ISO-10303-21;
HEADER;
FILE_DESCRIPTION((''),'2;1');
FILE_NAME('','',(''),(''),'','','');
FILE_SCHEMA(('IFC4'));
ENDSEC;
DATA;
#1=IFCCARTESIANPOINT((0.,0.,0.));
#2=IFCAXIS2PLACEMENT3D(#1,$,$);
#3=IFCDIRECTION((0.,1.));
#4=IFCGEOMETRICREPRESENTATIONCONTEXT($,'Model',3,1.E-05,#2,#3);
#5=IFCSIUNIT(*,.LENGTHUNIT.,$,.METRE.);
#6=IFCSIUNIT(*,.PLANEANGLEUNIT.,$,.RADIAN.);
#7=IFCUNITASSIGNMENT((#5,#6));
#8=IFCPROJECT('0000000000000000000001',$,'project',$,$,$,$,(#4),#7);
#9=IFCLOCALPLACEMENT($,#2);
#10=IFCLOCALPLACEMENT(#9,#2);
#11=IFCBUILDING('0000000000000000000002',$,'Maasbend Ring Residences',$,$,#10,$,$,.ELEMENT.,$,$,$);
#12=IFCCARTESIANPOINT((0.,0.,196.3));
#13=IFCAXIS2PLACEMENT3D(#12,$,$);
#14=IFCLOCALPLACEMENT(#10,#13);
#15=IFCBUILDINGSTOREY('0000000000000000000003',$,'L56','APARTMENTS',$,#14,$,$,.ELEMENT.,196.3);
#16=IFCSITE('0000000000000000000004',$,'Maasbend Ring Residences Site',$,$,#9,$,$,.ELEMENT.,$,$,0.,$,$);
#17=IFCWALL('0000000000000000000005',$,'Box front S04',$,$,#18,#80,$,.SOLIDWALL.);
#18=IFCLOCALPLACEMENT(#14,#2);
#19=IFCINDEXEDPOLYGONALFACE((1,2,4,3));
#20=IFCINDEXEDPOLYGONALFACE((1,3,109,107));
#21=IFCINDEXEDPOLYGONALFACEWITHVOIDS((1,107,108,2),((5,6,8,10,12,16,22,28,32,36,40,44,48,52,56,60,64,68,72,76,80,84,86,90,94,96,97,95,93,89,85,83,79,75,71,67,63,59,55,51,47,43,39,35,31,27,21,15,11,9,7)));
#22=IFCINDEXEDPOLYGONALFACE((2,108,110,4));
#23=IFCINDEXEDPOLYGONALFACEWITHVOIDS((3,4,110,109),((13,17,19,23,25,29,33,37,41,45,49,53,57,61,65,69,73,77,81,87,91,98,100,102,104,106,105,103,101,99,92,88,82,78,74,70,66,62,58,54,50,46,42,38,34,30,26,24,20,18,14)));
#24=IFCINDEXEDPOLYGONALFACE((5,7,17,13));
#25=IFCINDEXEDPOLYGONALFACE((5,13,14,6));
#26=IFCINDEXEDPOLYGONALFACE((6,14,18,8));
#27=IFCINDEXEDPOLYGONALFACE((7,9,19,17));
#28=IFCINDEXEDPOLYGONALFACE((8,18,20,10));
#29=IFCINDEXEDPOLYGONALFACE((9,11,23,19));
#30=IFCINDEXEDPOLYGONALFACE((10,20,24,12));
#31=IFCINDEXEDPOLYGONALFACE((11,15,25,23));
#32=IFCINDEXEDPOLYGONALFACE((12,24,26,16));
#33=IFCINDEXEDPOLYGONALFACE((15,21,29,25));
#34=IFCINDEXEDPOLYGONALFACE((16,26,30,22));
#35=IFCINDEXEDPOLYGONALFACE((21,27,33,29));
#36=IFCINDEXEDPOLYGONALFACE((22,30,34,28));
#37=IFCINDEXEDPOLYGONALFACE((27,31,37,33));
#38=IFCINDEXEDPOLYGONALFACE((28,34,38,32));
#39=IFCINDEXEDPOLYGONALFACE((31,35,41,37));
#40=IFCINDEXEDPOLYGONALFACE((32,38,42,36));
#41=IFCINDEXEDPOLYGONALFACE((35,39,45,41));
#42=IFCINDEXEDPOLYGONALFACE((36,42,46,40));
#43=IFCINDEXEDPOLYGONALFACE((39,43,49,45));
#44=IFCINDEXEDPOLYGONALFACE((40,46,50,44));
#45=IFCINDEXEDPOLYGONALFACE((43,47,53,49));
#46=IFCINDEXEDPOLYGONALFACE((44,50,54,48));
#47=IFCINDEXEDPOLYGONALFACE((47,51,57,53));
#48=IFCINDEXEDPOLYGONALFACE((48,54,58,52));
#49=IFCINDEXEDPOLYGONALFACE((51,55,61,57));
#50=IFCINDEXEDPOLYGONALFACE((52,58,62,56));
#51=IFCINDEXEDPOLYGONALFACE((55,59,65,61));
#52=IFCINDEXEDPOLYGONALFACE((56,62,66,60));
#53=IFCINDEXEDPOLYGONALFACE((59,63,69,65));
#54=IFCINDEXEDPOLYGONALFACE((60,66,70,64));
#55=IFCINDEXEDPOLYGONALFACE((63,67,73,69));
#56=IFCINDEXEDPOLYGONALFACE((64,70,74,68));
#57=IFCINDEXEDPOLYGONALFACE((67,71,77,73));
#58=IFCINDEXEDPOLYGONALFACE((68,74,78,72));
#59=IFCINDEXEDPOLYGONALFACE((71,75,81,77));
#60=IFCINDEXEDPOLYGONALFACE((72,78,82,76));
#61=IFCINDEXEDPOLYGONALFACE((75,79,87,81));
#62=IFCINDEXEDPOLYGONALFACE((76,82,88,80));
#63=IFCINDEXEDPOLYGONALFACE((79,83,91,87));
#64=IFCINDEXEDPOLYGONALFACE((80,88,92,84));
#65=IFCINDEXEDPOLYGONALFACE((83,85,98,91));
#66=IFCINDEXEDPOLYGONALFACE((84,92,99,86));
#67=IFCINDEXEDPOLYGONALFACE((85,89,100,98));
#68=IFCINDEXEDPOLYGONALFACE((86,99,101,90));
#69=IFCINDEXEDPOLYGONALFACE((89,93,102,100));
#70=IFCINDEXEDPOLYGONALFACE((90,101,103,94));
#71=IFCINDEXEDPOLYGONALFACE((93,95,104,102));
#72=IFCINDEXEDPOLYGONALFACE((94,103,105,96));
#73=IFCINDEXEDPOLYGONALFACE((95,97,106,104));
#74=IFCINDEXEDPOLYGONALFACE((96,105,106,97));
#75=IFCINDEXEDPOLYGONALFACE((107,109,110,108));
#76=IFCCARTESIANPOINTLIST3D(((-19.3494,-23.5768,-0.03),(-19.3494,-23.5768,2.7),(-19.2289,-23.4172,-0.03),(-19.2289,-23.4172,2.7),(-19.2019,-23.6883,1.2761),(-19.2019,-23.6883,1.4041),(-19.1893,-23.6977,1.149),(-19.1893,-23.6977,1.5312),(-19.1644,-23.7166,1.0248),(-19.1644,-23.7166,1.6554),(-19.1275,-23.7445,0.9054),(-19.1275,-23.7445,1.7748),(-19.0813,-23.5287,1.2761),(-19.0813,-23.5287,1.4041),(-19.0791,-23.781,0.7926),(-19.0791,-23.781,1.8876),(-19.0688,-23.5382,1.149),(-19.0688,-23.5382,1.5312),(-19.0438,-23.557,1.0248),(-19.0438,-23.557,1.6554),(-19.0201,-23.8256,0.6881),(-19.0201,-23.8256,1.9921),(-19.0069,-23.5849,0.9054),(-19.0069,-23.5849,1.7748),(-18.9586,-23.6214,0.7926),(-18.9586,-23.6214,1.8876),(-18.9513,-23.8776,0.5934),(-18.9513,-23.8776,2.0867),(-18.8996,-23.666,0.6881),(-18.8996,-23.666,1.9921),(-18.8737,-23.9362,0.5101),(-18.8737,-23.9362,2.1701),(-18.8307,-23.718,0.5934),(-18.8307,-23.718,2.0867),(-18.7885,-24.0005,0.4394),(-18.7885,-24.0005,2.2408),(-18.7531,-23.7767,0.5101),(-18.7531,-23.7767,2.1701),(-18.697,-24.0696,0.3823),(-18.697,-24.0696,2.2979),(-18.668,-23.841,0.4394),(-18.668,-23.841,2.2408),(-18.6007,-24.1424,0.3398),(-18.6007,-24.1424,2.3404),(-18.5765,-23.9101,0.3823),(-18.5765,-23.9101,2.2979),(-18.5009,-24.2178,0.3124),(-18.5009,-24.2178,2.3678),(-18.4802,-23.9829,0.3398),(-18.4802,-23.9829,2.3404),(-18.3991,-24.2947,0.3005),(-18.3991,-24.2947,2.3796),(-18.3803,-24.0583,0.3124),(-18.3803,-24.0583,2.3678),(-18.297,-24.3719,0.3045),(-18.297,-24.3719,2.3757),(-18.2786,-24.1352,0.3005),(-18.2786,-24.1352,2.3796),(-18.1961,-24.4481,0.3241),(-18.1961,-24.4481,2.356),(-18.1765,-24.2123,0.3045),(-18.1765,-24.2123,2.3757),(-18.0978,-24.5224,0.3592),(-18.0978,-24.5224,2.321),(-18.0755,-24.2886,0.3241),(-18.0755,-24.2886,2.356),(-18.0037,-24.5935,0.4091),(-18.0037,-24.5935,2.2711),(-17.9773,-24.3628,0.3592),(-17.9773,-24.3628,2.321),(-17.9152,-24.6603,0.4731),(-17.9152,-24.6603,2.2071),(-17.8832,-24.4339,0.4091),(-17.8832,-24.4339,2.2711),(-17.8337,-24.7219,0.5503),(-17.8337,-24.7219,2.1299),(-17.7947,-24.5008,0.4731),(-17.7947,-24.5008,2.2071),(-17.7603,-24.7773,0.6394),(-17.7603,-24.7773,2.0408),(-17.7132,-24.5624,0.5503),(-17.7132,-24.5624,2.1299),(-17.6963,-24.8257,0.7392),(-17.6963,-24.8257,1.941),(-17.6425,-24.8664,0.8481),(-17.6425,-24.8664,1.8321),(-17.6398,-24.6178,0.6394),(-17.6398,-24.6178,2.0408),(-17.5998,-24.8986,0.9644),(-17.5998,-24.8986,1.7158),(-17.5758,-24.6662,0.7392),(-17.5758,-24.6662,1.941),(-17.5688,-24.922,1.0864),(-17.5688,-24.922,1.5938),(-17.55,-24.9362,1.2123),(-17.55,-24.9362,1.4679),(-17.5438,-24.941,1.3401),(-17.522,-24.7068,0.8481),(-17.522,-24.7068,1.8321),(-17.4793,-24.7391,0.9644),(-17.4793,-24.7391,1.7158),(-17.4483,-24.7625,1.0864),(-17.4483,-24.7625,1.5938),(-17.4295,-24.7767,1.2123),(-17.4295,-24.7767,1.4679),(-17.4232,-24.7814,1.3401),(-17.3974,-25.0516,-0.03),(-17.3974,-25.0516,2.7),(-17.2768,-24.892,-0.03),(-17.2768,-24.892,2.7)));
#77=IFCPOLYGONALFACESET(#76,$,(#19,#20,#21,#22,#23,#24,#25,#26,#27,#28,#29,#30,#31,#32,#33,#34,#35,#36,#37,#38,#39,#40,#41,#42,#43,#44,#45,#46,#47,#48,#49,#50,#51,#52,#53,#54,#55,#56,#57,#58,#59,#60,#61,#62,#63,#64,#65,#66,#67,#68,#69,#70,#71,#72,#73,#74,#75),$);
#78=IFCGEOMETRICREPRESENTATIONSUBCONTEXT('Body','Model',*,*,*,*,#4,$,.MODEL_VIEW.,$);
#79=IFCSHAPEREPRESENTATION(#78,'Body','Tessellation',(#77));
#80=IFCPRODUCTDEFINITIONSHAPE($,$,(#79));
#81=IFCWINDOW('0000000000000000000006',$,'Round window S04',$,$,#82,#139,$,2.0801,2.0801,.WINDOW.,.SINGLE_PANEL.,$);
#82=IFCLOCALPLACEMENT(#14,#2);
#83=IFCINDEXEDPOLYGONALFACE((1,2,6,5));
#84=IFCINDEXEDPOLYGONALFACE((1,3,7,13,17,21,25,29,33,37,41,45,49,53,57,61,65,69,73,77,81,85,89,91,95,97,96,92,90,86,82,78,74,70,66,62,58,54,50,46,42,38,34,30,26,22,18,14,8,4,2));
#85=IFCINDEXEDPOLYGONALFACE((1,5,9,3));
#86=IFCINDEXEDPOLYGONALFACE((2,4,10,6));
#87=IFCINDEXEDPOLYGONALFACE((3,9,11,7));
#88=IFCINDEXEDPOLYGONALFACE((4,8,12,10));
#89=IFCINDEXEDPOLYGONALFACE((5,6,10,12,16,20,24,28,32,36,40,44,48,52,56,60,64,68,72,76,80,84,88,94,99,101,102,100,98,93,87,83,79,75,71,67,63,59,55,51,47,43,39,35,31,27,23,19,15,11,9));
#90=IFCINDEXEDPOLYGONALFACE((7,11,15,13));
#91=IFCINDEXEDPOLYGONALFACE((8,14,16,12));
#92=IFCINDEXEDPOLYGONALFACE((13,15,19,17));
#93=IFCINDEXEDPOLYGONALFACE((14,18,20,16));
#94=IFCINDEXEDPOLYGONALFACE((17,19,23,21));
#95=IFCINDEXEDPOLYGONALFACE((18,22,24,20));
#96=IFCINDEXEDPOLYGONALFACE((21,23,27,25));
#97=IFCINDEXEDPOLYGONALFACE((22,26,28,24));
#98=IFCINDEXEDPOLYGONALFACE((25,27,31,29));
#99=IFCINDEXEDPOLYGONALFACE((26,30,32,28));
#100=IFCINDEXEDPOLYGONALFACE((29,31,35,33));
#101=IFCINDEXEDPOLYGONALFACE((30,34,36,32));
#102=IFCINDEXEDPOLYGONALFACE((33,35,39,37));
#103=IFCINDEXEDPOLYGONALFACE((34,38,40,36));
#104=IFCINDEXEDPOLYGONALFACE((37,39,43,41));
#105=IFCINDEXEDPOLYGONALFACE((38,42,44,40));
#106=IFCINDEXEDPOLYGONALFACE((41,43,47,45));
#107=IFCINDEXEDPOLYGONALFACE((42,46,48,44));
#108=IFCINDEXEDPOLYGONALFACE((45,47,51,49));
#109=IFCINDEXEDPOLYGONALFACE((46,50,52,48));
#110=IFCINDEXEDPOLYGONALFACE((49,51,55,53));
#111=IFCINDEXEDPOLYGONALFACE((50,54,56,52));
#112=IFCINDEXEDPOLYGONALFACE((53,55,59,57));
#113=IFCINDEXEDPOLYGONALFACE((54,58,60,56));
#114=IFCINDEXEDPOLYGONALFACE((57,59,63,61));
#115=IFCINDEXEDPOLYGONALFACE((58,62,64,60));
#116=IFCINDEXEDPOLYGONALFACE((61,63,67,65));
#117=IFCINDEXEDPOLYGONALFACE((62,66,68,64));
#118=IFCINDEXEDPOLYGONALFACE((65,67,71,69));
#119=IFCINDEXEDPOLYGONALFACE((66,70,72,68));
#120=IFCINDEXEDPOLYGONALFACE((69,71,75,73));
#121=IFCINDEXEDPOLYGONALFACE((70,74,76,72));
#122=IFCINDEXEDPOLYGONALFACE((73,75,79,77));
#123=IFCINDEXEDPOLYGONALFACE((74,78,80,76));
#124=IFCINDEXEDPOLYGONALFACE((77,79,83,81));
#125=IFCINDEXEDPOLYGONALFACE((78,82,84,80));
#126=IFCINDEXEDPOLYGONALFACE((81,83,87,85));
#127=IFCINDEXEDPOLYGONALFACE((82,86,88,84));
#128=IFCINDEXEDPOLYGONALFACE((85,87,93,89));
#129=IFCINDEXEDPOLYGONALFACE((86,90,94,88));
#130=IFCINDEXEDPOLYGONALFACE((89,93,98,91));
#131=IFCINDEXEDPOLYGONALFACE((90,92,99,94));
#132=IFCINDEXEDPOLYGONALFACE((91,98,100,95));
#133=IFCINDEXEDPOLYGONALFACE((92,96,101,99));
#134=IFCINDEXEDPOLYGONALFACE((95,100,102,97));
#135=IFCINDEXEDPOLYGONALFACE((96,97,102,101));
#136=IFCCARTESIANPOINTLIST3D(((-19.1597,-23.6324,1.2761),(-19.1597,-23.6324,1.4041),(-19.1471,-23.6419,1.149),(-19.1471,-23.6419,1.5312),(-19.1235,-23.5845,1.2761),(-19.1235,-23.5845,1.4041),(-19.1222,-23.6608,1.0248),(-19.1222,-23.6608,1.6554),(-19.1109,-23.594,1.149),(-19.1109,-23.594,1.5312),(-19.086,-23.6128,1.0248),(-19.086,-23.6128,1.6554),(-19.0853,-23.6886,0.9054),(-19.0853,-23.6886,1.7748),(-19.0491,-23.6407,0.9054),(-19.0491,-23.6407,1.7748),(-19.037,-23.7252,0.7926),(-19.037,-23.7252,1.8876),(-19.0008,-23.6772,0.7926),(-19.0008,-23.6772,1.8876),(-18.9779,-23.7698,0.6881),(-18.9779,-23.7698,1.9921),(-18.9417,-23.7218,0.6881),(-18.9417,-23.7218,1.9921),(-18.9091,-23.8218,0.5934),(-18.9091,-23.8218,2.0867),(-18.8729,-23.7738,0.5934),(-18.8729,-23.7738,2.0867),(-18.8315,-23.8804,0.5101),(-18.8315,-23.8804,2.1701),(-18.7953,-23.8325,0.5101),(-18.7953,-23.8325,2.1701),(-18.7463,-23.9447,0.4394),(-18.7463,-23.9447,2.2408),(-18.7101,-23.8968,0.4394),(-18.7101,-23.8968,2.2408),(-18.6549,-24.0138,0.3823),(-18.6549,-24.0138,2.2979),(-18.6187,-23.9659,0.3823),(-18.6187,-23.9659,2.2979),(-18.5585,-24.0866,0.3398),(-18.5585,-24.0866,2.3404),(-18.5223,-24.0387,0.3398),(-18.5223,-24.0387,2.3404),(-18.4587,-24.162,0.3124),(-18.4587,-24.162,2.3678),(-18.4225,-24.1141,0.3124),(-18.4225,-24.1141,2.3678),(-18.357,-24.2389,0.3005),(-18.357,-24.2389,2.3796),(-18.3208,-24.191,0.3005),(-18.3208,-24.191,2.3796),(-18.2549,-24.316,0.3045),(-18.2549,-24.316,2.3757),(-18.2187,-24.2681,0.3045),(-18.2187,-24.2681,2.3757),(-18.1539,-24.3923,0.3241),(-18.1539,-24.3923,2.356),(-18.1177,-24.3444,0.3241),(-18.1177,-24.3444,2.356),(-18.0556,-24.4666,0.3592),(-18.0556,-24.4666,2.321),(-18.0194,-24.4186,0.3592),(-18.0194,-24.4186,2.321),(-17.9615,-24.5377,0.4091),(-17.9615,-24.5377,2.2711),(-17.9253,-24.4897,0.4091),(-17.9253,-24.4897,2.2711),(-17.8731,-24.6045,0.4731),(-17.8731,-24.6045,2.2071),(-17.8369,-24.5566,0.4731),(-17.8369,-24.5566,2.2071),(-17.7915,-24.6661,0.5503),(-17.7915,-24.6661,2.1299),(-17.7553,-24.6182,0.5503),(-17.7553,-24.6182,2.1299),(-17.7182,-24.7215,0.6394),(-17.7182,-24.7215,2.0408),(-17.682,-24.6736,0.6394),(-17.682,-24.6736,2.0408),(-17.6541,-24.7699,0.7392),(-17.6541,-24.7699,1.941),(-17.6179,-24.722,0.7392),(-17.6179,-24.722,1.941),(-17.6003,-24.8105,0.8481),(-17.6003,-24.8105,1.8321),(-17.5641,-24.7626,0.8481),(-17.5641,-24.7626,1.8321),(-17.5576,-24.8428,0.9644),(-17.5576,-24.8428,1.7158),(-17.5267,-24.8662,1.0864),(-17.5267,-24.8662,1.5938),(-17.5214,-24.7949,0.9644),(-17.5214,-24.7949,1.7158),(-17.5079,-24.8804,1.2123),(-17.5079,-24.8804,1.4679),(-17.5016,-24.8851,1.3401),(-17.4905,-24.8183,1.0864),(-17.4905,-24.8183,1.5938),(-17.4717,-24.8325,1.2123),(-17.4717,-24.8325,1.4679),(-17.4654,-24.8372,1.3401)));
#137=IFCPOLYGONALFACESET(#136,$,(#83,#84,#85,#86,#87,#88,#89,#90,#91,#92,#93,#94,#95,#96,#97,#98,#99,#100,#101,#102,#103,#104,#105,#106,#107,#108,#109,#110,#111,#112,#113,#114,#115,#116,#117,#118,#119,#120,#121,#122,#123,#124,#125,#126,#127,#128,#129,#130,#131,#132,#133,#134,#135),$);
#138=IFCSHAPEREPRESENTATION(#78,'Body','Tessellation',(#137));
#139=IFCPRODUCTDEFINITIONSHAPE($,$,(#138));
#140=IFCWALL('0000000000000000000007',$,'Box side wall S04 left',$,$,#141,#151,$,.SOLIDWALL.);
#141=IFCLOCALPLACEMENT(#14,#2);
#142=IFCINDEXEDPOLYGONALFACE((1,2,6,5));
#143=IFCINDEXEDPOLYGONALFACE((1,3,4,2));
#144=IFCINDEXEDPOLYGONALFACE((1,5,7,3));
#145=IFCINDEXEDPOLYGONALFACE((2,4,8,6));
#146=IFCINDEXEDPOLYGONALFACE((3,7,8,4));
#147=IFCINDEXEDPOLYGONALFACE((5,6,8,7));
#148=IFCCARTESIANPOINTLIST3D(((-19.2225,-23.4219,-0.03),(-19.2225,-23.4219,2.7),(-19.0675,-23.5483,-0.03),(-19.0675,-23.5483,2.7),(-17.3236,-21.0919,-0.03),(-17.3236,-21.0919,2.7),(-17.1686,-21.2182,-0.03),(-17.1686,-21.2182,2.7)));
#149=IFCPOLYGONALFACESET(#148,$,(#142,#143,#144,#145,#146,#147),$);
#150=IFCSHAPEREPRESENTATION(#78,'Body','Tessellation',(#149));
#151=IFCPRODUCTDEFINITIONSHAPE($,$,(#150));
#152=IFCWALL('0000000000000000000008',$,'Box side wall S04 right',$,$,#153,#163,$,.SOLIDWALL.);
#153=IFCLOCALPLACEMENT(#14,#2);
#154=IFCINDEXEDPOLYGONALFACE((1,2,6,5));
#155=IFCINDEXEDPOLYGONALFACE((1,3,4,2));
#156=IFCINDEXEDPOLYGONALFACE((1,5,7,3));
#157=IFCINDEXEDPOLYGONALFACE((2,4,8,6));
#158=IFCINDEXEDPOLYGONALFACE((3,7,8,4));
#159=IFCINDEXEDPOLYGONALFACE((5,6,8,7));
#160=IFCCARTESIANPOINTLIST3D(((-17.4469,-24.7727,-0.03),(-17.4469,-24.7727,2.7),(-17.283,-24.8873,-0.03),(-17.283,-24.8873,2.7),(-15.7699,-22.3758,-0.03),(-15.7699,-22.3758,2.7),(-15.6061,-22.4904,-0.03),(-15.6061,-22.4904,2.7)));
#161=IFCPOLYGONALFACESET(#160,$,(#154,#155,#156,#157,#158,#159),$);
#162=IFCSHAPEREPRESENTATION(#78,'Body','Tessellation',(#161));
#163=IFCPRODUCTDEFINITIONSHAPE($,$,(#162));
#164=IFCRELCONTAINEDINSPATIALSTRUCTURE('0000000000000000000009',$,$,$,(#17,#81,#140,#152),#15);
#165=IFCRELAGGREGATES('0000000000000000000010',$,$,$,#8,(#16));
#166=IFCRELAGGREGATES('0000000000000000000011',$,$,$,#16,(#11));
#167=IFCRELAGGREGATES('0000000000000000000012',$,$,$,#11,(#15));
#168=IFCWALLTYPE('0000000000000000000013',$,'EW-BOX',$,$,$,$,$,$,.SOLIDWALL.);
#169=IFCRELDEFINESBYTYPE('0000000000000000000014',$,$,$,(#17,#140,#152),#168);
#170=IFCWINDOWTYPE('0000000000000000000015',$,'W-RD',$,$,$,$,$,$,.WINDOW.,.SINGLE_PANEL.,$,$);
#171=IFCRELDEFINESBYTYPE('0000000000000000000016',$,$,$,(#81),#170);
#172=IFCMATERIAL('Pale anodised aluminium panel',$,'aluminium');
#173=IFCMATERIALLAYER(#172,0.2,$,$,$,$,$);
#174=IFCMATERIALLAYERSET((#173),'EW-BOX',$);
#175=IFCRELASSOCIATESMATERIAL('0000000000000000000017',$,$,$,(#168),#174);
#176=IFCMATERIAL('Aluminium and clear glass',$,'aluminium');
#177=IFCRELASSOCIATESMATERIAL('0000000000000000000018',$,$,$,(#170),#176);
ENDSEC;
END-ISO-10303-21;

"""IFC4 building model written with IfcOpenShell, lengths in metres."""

from ifc_helpers import new_model, si_unit, direction, frame, frame_2d, origin, place, context, subcontext, project, spatial, rectangle, circle, extrude, material, layer, layer_set, type_object, element, fill, save


model = new_model("IFC4")

# Units and contexts
model_context = context("Model", 3, precision=1e-05, world=origin(), true_north=direction((0.0, 1.0)))
body_context = subcontext(model_context, "Body", "Model", "MODEL_VIEW")
ifc_project = project(units=[si_unit("LENGTHUNIT", "METRE"), si_unit("PLANEANGLEUNIT", "RADIAN")], contexts=[model_context])

# Site, building, storey
site_placement = place(None, origin())
site = spatial("IfcSite", under=ifc_project, at=site_placement, Name="Maasbend Ring Residences Site", CompositionType="ELEMENT", RefElevation=0.0)
building_placement = place(site_placement, origin())
building = spatial("IfcBuilding", under=site, at=building_placement, Name="Maasbend Ring Residences", CompositionType="ELEMENT")
storey_placement = place(building_placement, frame((0.0, 0.0, 196.3)))
storey = spatial("IfcBuildingStorey", under=building, at=storey_placement, Name="L56", Description="APARTMENTS", CompositionType="ELEMENT", Elevation=196.3)

# Shared definitions
ifc_material_1 = material(Name="Pale anodised aluminium panel", Category="aluminium")
ifc_layer_1 = layer(ifc_material_1, 0.2)
ifc_layer_set_1 = layer_set([ifc_layer_1], Name="EW-BOX")
wall_type_1 = type_object("IfcWallType", Name="EW-BOX", PredefinedType="SOLIDWALL", material=ifc_layer_set_1)

# Wall, opening, window
wall_1_placement = place(storey_placement, frame((-19.2891, -23.4971, -0.03), z_axis=(0.0, 0.0, 1.0), x_axis=(0.797888, -0.602806, 0.0)))
wall_1 = element("IfcWall", 1, at=wall_1_placement, inside=storey, type_object=wall_type_1, Name="Box front S04", PredefinedType="SOLIDWALL", context=body_context, shape_type="SweptSolid", body=[
    extrude(rectangle(XDim=2.4465, YDim=0.2, at=frame_2d((1.2231, 0.0))), origin(), (0.0, 0.0, 1.0), 2.73),
])
opening_1_placement = place(wall_1_placement, frame((0.1829, 0.0, 0.3301)))
opening_1 = element("IfcOpeningElement", 2, at=opening_1_placement, cuts=wall_1, PredefinedType="OPENING", context=body_context, shape_type="SweptSolid", body=[
    extrude(circle(Radius=1.04, at=frame_2d((1.04, 1.04))), frame((0.0, 0.1099, 0.0), z_axis=(0.0, -1.0, 0.0), x_axis=(1.0, 0.0, 0.0)), (0.0, 0.0, 1.0), 0.22),
])
ifc_material_2 = material(Name="Aluminium and clear glass", Category="aluminium")
window_type_1 = type_object("IfcWindowType", Name="W-RD", PartitioningType="SINGLE_PANEL", PredefinedType="WINDOW", material=ifc_material_2)
window_1_placement = place(opening_1_placement, origin())
window_1 = element("IfcWindow", 3, at=window_1_placement, inside=storey, type_object=window_type_1, Name="Round window S04", OverallHeight=2.0801, OverallWidth=2.0801, PartitioningType="SINGLE_PANEL", PredefinedType="WINDOW", context=body_context, shape_type="SweptSolid", body=[
    extrude(circle(Radius=1.04, at=frame_2d((1.04, 1.04))), frame((0.0, 0.03, 0.0), z_axis=(0.0, -1.0, 0.0), x_axis=(1.0, 0.0, 0.0)), (0.0, 0.0, 1.0), 0.0601),
])
fill(opening_1, window_1)

# Walls
wall_2_placement = place(storey_placement, frame((-17.2461, -21.155, -0.03), z_axis=(0.0, 0.0, 1.0), x_axis=(-0.631742, -0.775179, 0.0)))
element("IfcWall", 4, at=wall_2_placement, inside=storey, type_object=wall_type_1, Name="Box side wall S04 left", PredefinedType="SOLIDWALL", context=body_context, shape_type="SweptSolid", body=[
    extrude(rectangle(XDim=3.0059, YDim=0.2, at=frame_2d((1.5029, 0.0))), origin(), (0.0, 0.0, 1.0), 2.73),
])
wall_3_placement = place(storey_placement, frame((-15.688, -22.4331, -0.03), z_axis=(0.0, 0.0, 1.0), x_axis=(-0.573261, -0.819373, 0.0)))
element("IfcWall", 5, at=wall_3_placement, inside=storey, type_object=wall_type_1, Name="Box side wall S04 right", PredefinedType="SOLIDWALL", context=body_context, shape_type="SweptSolid", body=[
    extrude(rectangle(XDim=2.9253, YDim=0.2, at=frame_2d((1.4626, 0.0))), origin(), (0.0, 0.0, 1.0), 2.73),
])

save(model, "model.ifc")
